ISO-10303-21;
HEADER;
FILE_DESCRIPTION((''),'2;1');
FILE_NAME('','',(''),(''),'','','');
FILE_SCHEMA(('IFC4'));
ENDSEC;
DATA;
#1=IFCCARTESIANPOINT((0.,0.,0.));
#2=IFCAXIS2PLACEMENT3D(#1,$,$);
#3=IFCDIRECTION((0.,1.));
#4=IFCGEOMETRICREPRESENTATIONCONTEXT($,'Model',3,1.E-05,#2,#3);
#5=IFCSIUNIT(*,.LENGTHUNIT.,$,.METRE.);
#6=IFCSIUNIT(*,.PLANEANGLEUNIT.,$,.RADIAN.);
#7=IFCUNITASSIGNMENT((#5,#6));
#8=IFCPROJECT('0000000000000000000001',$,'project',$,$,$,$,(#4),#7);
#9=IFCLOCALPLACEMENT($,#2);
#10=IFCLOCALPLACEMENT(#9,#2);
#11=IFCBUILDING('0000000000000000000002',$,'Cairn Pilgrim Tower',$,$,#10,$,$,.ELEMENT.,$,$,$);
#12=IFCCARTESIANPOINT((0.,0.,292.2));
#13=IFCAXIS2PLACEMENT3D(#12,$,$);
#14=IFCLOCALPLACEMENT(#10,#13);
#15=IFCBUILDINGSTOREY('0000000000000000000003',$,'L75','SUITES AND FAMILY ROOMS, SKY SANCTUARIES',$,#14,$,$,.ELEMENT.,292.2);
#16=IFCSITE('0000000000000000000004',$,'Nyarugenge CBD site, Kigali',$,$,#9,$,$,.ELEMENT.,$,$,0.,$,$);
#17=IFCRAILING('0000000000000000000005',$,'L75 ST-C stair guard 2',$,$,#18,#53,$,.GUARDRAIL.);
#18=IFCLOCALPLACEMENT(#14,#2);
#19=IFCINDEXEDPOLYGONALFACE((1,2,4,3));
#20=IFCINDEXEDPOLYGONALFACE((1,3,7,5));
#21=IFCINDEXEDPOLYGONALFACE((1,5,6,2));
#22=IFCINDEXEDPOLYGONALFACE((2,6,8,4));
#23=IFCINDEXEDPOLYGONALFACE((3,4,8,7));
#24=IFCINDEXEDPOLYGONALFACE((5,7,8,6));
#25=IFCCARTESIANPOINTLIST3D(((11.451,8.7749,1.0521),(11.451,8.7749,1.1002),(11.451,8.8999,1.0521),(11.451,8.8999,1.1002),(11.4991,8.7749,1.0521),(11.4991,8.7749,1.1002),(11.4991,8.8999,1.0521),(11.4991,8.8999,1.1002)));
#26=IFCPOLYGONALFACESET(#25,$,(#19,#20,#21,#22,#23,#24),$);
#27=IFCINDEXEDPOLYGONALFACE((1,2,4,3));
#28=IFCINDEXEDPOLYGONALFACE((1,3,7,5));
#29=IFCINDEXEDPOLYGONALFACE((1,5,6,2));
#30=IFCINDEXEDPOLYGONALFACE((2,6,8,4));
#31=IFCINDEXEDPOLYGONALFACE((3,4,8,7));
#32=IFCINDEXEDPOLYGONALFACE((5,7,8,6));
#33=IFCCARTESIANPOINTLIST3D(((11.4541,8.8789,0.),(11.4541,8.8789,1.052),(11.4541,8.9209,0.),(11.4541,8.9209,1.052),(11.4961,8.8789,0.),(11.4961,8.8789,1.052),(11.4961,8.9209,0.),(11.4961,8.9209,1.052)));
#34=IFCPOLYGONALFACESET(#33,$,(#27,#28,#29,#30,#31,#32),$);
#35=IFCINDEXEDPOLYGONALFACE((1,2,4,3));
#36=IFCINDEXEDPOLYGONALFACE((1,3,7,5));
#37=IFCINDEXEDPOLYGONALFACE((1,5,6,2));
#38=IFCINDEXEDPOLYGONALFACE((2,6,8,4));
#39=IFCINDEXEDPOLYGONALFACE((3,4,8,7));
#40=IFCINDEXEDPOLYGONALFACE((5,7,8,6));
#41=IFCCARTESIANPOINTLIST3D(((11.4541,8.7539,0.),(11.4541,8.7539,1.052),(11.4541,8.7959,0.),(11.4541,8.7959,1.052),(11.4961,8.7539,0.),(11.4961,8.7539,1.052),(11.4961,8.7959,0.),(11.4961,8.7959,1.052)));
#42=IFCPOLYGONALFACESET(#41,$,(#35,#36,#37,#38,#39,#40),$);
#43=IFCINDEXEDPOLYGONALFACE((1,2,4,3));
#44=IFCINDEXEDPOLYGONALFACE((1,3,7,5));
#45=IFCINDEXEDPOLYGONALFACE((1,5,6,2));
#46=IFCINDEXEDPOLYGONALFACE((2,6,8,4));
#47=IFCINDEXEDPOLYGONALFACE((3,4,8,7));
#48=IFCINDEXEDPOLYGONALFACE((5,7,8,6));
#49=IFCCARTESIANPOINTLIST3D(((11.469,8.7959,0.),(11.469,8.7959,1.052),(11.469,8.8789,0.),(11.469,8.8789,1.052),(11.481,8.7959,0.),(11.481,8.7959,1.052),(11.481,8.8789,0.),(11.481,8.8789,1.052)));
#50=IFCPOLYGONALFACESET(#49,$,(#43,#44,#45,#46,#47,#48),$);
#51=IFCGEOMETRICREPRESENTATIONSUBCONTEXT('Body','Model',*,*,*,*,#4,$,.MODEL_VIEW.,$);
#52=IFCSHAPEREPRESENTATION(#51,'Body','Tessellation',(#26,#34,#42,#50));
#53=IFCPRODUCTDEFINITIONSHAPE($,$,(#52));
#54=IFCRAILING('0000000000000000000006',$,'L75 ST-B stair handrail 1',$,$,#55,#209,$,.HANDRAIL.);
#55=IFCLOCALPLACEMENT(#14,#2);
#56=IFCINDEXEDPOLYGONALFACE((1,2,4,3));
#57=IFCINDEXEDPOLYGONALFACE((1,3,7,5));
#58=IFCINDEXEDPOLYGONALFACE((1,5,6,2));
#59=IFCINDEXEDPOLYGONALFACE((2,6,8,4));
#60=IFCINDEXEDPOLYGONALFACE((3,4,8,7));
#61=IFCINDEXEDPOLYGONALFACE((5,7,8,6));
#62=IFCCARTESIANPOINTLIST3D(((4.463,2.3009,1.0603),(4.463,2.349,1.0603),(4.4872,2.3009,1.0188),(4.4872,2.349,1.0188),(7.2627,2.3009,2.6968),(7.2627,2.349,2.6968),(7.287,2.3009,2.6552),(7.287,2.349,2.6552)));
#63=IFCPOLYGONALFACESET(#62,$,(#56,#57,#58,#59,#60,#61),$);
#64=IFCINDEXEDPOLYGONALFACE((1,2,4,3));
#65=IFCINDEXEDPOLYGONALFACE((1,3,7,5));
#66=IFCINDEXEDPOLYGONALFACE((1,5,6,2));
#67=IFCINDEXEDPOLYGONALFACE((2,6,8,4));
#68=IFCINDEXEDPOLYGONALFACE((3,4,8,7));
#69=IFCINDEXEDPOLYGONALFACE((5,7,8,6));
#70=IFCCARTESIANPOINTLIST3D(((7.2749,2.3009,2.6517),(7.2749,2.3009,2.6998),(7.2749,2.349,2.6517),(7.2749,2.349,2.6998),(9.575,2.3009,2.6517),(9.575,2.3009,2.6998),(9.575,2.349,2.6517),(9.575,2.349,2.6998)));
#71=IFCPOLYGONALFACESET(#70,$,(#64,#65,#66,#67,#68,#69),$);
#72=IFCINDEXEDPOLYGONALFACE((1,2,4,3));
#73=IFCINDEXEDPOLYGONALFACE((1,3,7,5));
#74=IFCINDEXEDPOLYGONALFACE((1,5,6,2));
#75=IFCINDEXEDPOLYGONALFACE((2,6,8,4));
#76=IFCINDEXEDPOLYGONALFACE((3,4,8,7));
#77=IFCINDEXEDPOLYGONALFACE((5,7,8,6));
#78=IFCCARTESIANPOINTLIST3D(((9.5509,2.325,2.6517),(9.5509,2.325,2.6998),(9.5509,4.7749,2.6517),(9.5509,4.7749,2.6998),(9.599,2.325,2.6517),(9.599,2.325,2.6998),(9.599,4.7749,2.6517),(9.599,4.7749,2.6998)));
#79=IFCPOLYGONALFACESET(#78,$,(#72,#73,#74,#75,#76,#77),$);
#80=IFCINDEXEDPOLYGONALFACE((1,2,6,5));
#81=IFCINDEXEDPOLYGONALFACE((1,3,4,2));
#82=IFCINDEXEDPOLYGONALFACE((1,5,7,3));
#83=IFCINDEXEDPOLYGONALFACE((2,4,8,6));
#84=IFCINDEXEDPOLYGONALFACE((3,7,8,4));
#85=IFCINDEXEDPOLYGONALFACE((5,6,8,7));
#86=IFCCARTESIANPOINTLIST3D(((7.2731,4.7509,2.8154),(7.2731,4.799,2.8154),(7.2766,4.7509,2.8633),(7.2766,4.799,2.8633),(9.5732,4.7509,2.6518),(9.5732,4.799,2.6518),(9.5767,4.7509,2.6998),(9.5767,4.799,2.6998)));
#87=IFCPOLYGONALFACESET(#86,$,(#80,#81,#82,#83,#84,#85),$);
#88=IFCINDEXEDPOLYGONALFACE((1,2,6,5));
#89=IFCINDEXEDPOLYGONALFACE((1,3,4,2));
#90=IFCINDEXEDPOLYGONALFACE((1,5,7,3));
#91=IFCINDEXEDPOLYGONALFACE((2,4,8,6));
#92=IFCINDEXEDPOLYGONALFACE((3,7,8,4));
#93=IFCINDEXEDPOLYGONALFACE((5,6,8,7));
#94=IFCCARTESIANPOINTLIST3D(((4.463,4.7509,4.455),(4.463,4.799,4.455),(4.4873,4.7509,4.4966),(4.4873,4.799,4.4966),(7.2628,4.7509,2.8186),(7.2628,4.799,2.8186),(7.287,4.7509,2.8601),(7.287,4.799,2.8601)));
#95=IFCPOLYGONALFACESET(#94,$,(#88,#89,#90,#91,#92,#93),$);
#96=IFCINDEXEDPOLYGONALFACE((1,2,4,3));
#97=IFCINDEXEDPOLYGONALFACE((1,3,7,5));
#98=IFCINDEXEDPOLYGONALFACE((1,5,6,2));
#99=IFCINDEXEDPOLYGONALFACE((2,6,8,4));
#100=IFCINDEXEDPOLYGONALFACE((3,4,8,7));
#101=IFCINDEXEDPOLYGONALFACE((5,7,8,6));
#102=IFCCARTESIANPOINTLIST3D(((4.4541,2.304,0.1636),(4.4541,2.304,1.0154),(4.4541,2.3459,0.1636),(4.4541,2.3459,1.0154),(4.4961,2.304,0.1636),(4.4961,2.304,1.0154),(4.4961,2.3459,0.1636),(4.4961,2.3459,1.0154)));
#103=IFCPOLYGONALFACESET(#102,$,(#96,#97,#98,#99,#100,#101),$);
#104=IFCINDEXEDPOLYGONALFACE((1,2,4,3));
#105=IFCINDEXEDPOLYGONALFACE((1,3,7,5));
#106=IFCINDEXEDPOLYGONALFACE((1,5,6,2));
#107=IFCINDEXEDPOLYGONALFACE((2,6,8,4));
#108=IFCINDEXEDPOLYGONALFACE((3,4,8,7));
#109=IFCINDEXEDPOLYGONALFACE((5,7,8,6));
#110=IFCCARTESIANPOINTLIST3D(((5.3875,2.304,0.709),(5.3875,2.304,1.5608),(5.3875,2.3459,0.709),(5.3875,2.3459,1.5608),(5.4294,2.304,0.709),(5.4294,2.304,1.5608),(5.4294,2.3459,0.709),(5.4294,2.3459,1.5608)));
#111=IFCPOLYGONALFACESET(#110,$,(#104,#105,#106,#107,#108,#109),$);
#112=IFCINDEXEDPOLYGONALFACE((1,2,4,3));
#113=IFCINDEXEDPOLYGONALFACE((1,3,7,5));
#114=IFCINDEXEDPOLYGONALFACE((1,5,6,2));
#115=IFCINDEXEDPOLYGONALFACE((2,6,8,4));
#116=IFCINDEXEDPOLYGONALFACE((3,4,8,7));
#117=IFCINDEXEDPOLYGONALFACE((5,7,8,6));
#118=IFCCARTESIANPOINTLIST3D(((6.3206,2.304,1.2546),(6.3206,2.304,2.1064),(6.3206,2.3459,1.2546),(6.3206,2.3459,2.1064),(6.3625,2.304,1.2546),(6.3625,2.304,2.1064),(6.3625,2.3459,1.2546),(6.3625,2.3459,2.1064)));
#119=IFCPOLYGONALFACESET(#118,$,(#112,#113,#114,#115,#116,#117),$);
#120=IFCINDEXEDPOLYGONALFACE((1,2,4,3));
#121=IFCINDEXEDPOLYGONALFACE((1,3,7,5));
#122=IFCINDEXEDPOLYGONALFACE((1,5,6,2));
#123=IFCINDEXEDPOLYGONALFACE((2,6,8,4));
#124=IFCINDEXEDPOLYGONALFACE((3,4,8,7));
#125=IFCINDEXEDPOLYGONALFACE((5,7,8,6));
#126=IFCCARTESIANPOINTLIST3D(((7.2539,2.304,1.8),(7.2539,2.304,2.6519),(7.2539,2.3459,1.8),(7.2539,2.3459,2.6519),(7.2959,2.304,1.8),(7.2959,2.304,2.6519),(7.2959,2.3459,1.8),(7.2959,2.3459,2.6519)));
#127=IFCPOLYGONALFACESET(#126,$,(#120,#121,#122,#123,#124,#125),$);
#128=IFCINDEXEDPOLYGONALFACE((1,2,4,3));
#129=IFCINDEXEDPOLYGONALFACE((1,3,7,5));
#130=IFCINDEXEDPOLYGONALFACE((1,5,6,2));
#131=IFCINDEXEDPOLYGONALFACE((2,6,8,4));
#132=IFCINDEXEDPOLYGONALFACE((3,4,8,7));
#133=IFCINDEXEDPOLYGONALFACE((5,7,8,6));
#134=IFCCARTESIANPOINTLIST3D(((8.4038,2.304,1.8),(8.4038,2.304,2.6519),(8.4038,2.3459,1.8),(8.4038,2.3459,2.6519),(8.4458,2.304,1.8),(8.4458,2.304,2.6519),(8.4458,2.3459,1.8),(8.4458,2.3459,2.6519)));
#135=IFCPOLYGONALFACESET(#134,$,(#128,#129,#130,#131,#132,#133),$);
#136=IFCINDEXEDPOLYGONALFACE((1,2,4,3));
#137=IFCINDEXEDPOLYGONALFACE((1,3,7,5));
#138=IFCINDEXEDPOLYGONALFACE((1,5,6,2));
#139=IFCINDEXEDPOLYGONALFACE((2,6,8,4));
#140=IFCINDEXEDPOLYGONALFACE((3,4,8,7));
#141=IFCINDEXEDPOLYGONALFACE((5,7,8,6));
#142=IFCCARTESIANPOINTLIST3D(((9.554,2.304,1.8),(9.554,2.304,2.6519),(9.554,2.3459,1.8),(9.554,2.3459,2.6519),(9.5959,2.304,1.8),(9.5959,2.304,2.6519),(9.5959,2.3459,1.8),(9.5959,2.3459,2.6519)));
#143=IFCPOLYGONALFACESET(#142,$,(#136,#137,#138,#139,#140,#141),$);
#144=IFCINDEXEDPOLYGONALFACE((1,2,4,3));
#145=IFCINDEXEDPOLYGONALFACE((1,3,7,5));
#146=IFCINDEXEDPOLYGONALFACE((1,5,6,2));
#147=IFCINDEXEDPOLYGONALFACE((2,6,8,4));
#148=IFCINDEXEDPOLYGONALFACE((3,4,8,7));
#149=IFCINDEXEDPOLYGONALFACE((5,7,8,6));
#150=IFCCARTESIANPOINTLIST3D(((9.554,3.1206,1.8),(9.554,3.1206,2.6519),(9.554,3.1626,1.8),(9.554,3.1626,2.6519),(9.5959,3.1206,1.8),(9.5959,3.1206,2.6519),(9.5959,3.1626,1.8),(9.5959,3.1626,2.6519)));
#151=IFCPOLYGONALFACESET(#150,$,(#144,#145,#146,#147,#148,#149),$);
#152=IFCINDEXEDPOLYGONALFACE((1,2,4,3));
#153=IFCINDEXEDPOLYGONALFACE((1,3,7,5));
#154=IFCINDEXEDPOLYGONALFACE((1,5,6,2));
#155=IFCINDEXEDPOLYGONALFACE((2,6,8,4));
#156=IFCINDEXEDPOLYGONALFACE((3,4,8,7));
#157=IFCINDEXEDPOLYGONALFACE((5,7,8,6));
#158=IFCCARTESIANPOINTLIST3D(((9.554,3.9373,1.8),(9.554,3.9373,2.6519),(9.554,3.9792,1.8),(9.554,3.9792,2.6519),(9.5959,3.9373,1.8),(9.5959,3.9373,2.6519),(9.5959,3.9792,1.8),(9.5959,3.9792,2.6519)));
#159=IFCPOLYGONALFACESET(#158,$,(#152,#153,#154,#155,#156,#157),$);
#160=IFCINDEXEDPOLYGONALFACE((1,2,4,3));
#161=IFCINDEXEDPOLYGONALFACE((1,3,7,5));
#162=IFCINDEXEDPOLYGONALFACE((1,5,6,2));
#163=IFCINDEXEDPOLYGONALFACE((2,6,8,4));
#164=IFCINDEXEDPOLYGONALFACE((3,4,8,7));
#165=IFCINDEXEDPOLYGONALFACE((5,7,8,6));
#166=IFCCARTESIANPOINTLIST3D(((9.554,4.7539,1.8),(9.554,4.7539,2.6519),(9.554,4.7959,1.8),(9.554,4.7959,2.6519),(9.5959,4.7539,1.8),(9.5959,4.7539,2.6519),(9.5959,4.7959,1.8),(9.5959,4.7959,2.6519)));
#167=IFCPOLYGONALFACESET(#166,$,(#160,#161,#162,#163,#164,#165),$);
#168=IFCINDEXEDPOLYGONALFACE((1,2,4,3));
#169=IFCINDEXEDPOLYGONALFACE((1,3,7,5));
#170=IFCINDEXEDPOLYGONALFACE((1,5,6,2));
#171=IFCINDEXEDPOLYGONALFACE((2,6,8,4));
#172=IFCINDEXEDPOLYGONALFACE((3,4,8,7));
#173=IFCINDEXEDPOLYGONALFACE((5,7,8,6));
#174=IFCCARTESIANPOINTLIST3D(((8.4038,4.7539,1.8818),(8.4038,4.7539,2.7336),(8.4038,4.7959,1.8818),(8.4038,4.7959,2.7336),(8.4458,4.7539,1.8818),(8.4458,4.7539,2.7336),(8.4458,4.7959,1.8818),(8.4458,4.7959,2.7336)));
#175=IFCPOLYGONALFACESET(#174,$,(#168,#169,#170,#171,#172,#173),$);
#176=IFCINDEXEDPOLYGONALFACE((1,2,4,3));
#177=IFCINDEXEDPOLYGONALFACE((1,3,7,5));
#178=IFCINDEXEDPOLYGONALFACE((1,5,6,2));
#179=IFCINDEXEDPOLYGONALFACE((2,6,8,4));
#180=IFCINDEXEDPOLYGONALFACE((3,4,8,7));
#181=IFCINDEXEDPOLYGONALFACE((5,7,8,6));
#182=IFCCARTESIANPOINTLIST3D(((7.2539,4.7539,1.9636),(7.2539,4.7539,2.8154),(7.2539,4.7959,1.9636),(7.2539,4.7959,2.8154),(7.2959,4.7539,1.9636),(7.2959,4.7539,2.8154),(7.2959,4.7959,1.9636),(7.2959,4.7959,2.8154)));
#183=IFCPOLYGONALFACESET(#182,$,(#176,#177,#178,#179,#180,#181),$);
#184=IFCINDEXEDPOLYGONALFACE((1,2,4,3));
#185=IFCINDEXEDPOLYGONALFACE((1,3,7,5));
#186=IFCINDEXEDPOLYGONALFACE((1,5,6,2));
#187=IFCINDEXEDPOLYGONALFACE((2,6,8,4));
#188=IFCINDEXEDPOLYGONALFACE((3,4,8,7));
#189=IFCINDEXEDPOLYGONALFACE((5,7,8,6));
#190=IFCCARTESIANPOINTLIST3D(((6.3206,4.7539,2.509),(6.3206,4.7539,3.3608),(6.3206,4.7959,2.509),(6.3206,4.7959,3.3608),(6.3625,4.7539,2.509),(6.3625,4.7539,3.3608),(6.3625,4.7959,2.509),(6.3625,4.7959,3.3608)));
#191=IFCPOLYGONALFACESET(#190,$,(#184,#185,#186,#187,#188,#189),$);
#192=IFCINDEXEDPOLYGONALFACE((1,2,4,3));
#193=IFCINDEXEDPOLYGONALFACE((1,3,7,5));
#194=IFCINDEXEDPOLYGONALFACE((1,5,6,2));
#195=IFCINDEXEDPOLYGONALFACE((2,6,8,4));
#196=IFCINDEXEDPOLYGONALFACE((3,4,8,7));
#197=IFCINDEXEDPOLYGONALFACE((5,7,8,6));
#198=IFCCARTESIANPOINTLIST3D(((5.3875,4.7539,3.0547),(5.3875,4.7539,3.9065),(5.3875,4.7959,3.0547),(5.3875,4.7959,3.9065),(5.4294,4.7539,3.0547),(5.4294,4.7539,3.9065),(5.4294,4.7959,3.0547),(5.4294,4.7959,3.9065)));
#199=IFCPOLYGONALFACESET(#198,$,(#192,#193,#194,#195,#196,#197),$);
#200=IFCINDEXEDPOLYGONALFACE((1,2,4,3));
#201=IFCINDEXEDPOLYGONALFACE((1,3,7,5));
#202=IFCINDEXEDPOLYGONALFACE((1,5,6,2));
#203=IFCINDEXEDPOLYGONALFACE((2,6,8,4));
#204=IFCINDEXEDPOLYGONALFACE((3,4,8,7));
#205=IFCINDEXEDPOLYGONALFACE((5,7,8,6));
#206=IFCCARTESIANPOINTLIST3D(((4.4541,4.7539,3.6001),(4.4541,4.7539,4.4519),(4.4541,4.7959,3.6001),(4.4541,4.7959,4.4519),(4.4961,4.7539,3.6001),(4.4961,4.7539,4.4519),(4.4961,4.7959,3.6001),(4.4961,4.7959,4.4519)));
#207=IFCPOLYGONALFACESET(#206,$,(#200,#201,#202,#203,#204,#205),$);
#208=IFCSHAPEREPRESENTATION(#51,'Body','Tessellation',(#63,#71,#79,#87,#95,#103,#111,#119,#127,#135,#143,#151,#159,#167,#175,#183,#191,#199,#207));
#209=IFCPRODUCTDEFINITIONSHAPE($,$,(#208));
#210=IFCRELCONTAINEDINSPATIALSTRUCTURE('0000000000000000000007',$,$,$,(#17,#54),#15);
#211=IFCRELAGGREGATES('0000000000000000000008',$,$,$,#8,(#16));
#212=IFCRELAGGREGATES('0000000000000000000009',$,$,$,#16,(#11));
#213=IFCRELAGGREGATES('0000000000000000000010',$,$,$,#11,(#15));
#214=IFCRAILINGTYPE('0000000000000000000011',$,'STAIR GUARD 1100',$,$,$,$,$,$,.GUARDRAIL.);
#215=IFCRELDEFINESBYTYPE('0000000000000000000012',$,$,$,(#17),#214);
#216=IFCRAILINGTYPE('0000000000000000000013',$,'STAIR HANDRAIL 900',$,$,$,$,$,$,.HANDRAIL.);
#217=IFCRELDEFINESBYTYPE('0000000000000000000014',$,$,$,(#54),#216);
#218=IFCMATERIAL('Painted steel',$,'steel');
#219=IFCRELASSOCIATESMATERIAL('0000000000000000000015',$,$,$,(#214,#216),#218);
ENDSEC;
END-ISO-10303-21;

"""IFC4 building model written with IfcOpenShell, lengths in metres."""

from ifc_helpers import new_model, si_unit, direction, frame, origin, origin_2d, place, context, subcontext, project, spatial, polyline, rectangle, outline, extrude, material, type_object, element, save


model = new_model("IFC4")

# Units and contexts
model_context = context("Model", 3, precision=1e-05, world=origin(), true_north=direction((0.0, 1.0)))
body_context = subcontext(model_context, "Body", "Model", "MODEL_VIEW")
ifc_project = project(units=[si_unit("LENGTHUNIT", "METRE"), si_unit("PLANEANGLEUNIT", "RADIAN")], contexts=[model_context])

# Site, building, storey
site_placement = place(None, origin())
site = spatial("IfcSite", under=ifc_project, at=site_placement, Name="Nyarugenge CBD site, Kigali", CompositionType="ELEMENT", RefElevation=0.0)
building_placement = place(site_placement, origin())
building = spatial("IfcBuilding", under=site, at=building_placement, Name="Cairn Pilgrim Tower", CompositionType="ELEMENT")
storey_placement = place(building_placement, frame((0.0, 0.0, 292.2)))
storey = spatial("IfcBuildingStorey", under=building, at=storey_placement, Name="L75", Description="SUITES AND FAMILY ROOMS, SKY SANCTUARIES", CompositionType="ELEMENT", Elevation=292.2)

# Shared definitions
ifc_material_1 = material(Name="Painted steel", Category="steel")

# Railings
railing_type_1 = type_object("IfcRailingType", Name="STAIR GUARD 1100", PredefinedType="GUARDRAIL", material=ifc_material_1)
railing_1_placement = place(storey_placement, frame((11.4751, 8.8999, 0.0)))
element("IfcRailing", 1, at=railing_1_placement, inside=storey, type_object=railing_type_1, Name="L75 ST-C stair guard 2", PredefinedType="GUARDRAIL", context=body_context, shape_type="SweptSolid", body=[
    extrude(rectangle(XDim=0.0481, YDim=0.0481, at=origin_2d()), frame((0.0, 0.0, 1.0762), z_axis=(0.0, -1.0, 0.0), x_axis=(1.0, 0.0, 0.0)), (0.0, 0.0, 1.0), 0.125),
    extrude(rectangle(XDim=0.042, YDim=0.042, at=origin_2d()), origin(), (0.0, 0.0, 1.0), 1.052),
    extrude(rectangle(XDim=0.042, YDim=0.042, at=origin_2d()), frame((0.0, -0.125, 0.0)), (0.0, 0.0, 1.0), 1.052),
    extrude(outline(polyline([(0.021, 0.0), (0.104, 0.0), (0.104, 1.052), (0.021, 1.052), (0.021, 0.0)])), frame((0.0059, 0.0, 0.0), z_axis=(-1.0, 0.0, 0.0), x_axis=(0.0, -1.0, 0.0)), (0.0, 0.0, 1.0), 0.012),
])
railing_type_2 = type_object("IfcRailingType", Name="STAIR HANDRAIL 900", PredefinedType="HANDRAIL", material=ifc_material_1)
railing_2_placement = place(storey_placement, frame((4.4751, 2.325, 0.1636)))
element("IfcRailing", 2, at=railing_2_placement, inside=storey, type_object=railing_type_2, Name="L75 ST-B stair handrail 1", PredefinedType="HANDRAIL", context=body_context, shape_type="SweptSolid", body=[
    extrude(rectangle(XDim=0.0481, YDim=0.0481, at=origin_2d()), frame((0.0, 0.0, 0.876), z_axis=(0.863342, 0.0, 0.50462), x_axis=(0.0, 1.0, 0.0)), (0.0, 0.0, 1.0), 3.2429),
    extrude(rectangle(XDim=0.0481, YDim=0.0481, at=origin_2d()), frame((2.7998, 0.0, 2.5122), z_axis=(1.0, 0.0, 0.0), x_axis=(0.0, 1.0, 0.0)), (0.0, 0.0, 1.0), 2.3),
    extrude(rectangle(XDim=0.0481, YDim=0.0481, at=origin_2d()), frame((5.0999, 0.0, 2.5122), z_axis=(0.0, 1.0, 0.0), x_axis=(-1.0, 0.0, 0.0)), (0.0, 0.0, 1.0), 2.45),
    extrude(rectangle(XDim=0.0481, YDim=0.0481, at=origin_2d()), frame((5.0999, 2.45, 2.5122), z_axis=(-0.997481, 0.0, 0.070939), x_axis=(0.0, -1.0, 0.0)), (0.0, 0.0, 1.0), 2.3059),
    extrude(rectangle(XDim=0.0481, YDim=0.0481, at=origin_2d()), frame((2.7998, 2.45, 2.6758), z_axis=(-0.863342, 0.0, 0.50462), x_axis=(0.0, -1.0, 0.0)), (0.0, 0.0, 1.0), 3.2429),
    extrude(rectangle(XDim=0.042, YDim=0.042, at=origin_2d()), origin(), (0.0, 0.0, 1.0), 0.8518),
    extrude(rectangle(XDim=0.042, YDim=0.042, at=origin_2d()), frame((0.9333, 0.0, 0.5454)), (0.0, 0.0, 1.0), 0.8518),
    extrude(rectangle(XDim=0.042, YDim=0.042, at=origin_2d()), frame((1.8665, 0.0, 1.0911)), (0.0, 0.0, 1.0), 0.8518),
    extrude(rectangle(XDim=0.042, YDim=0.042, at=origin_2d()), frame((2.7998, 0.0, 1.6365)), (0.0, 0.0, 1.0), 0.8518),
    extrude(rectangle(XDim=0.042, YDim=0.042, at=origin_2d()), frame((3.9497, 0.0, 1.6365)), (0.0, 0.0, 1.0), 0.8518),
    extrude(rectangle(XDim=0.042, YDim=0.042, at=origin_2d()), frame((5.0999, 0.0, 1.6365)), (0.0, 0.0, 1.0), 0.8518),
    extrude(rectangle(XDim=0.042, YDim=0.042, at=origin_2d()), frame((5.0999, 0.8167, 1.6365)), (0.0, 0.0, 1.0), 0.8518),
    extrude(rectangle(XDim=0.042, YDim=0.042, at=origin_2d()), frame((5.0999, 1.6333, 1.6365)), (0.0, 0.0, 1.0), 0.8518),
    extrude(rectangle(XDim=0.042, YDim=0.042, at=origin_2d()), frame((5.0999, 2.45, 1.6365)), (0.0, 0.0, 1.0), 0.8518),
    extrude(rectangle(XDim=0.042, YDim=0.042, at=origin_2d()), frame((3.9497, 2.45, 1.7183)), (0.0, 0.0, 1.0), 0.8518),
    extrude(rectangle(XDim=0.042, YDim=0.042, at=origin_2d()), frame((2.7998, 2.45, 1.8)), (0.0, 0.0, 1.0), 0.8518),
    extrude(rectangle(XDim=0.042, YDim=0.042, at=origin_2d()), frame((1.8665, 2.45, 2.3455)), (0.0, 0.0, 1.0), 0.8518),
    extrude(rectangle(XDim=0.042, YDim=0.042, at=origin_2d()), frame((0.9333, 2.45, 2.8911)), (0.0, 0.0, 1.0), 0.8518),
    extrude(rectangle(XDim=0.042, YDim=0.042, at=origin_2d()), frame((0.0, 2.45, 3.4365)), (0.0, 0.0, 1.0), 0.8518),
])

save(model, "model.ifc")
